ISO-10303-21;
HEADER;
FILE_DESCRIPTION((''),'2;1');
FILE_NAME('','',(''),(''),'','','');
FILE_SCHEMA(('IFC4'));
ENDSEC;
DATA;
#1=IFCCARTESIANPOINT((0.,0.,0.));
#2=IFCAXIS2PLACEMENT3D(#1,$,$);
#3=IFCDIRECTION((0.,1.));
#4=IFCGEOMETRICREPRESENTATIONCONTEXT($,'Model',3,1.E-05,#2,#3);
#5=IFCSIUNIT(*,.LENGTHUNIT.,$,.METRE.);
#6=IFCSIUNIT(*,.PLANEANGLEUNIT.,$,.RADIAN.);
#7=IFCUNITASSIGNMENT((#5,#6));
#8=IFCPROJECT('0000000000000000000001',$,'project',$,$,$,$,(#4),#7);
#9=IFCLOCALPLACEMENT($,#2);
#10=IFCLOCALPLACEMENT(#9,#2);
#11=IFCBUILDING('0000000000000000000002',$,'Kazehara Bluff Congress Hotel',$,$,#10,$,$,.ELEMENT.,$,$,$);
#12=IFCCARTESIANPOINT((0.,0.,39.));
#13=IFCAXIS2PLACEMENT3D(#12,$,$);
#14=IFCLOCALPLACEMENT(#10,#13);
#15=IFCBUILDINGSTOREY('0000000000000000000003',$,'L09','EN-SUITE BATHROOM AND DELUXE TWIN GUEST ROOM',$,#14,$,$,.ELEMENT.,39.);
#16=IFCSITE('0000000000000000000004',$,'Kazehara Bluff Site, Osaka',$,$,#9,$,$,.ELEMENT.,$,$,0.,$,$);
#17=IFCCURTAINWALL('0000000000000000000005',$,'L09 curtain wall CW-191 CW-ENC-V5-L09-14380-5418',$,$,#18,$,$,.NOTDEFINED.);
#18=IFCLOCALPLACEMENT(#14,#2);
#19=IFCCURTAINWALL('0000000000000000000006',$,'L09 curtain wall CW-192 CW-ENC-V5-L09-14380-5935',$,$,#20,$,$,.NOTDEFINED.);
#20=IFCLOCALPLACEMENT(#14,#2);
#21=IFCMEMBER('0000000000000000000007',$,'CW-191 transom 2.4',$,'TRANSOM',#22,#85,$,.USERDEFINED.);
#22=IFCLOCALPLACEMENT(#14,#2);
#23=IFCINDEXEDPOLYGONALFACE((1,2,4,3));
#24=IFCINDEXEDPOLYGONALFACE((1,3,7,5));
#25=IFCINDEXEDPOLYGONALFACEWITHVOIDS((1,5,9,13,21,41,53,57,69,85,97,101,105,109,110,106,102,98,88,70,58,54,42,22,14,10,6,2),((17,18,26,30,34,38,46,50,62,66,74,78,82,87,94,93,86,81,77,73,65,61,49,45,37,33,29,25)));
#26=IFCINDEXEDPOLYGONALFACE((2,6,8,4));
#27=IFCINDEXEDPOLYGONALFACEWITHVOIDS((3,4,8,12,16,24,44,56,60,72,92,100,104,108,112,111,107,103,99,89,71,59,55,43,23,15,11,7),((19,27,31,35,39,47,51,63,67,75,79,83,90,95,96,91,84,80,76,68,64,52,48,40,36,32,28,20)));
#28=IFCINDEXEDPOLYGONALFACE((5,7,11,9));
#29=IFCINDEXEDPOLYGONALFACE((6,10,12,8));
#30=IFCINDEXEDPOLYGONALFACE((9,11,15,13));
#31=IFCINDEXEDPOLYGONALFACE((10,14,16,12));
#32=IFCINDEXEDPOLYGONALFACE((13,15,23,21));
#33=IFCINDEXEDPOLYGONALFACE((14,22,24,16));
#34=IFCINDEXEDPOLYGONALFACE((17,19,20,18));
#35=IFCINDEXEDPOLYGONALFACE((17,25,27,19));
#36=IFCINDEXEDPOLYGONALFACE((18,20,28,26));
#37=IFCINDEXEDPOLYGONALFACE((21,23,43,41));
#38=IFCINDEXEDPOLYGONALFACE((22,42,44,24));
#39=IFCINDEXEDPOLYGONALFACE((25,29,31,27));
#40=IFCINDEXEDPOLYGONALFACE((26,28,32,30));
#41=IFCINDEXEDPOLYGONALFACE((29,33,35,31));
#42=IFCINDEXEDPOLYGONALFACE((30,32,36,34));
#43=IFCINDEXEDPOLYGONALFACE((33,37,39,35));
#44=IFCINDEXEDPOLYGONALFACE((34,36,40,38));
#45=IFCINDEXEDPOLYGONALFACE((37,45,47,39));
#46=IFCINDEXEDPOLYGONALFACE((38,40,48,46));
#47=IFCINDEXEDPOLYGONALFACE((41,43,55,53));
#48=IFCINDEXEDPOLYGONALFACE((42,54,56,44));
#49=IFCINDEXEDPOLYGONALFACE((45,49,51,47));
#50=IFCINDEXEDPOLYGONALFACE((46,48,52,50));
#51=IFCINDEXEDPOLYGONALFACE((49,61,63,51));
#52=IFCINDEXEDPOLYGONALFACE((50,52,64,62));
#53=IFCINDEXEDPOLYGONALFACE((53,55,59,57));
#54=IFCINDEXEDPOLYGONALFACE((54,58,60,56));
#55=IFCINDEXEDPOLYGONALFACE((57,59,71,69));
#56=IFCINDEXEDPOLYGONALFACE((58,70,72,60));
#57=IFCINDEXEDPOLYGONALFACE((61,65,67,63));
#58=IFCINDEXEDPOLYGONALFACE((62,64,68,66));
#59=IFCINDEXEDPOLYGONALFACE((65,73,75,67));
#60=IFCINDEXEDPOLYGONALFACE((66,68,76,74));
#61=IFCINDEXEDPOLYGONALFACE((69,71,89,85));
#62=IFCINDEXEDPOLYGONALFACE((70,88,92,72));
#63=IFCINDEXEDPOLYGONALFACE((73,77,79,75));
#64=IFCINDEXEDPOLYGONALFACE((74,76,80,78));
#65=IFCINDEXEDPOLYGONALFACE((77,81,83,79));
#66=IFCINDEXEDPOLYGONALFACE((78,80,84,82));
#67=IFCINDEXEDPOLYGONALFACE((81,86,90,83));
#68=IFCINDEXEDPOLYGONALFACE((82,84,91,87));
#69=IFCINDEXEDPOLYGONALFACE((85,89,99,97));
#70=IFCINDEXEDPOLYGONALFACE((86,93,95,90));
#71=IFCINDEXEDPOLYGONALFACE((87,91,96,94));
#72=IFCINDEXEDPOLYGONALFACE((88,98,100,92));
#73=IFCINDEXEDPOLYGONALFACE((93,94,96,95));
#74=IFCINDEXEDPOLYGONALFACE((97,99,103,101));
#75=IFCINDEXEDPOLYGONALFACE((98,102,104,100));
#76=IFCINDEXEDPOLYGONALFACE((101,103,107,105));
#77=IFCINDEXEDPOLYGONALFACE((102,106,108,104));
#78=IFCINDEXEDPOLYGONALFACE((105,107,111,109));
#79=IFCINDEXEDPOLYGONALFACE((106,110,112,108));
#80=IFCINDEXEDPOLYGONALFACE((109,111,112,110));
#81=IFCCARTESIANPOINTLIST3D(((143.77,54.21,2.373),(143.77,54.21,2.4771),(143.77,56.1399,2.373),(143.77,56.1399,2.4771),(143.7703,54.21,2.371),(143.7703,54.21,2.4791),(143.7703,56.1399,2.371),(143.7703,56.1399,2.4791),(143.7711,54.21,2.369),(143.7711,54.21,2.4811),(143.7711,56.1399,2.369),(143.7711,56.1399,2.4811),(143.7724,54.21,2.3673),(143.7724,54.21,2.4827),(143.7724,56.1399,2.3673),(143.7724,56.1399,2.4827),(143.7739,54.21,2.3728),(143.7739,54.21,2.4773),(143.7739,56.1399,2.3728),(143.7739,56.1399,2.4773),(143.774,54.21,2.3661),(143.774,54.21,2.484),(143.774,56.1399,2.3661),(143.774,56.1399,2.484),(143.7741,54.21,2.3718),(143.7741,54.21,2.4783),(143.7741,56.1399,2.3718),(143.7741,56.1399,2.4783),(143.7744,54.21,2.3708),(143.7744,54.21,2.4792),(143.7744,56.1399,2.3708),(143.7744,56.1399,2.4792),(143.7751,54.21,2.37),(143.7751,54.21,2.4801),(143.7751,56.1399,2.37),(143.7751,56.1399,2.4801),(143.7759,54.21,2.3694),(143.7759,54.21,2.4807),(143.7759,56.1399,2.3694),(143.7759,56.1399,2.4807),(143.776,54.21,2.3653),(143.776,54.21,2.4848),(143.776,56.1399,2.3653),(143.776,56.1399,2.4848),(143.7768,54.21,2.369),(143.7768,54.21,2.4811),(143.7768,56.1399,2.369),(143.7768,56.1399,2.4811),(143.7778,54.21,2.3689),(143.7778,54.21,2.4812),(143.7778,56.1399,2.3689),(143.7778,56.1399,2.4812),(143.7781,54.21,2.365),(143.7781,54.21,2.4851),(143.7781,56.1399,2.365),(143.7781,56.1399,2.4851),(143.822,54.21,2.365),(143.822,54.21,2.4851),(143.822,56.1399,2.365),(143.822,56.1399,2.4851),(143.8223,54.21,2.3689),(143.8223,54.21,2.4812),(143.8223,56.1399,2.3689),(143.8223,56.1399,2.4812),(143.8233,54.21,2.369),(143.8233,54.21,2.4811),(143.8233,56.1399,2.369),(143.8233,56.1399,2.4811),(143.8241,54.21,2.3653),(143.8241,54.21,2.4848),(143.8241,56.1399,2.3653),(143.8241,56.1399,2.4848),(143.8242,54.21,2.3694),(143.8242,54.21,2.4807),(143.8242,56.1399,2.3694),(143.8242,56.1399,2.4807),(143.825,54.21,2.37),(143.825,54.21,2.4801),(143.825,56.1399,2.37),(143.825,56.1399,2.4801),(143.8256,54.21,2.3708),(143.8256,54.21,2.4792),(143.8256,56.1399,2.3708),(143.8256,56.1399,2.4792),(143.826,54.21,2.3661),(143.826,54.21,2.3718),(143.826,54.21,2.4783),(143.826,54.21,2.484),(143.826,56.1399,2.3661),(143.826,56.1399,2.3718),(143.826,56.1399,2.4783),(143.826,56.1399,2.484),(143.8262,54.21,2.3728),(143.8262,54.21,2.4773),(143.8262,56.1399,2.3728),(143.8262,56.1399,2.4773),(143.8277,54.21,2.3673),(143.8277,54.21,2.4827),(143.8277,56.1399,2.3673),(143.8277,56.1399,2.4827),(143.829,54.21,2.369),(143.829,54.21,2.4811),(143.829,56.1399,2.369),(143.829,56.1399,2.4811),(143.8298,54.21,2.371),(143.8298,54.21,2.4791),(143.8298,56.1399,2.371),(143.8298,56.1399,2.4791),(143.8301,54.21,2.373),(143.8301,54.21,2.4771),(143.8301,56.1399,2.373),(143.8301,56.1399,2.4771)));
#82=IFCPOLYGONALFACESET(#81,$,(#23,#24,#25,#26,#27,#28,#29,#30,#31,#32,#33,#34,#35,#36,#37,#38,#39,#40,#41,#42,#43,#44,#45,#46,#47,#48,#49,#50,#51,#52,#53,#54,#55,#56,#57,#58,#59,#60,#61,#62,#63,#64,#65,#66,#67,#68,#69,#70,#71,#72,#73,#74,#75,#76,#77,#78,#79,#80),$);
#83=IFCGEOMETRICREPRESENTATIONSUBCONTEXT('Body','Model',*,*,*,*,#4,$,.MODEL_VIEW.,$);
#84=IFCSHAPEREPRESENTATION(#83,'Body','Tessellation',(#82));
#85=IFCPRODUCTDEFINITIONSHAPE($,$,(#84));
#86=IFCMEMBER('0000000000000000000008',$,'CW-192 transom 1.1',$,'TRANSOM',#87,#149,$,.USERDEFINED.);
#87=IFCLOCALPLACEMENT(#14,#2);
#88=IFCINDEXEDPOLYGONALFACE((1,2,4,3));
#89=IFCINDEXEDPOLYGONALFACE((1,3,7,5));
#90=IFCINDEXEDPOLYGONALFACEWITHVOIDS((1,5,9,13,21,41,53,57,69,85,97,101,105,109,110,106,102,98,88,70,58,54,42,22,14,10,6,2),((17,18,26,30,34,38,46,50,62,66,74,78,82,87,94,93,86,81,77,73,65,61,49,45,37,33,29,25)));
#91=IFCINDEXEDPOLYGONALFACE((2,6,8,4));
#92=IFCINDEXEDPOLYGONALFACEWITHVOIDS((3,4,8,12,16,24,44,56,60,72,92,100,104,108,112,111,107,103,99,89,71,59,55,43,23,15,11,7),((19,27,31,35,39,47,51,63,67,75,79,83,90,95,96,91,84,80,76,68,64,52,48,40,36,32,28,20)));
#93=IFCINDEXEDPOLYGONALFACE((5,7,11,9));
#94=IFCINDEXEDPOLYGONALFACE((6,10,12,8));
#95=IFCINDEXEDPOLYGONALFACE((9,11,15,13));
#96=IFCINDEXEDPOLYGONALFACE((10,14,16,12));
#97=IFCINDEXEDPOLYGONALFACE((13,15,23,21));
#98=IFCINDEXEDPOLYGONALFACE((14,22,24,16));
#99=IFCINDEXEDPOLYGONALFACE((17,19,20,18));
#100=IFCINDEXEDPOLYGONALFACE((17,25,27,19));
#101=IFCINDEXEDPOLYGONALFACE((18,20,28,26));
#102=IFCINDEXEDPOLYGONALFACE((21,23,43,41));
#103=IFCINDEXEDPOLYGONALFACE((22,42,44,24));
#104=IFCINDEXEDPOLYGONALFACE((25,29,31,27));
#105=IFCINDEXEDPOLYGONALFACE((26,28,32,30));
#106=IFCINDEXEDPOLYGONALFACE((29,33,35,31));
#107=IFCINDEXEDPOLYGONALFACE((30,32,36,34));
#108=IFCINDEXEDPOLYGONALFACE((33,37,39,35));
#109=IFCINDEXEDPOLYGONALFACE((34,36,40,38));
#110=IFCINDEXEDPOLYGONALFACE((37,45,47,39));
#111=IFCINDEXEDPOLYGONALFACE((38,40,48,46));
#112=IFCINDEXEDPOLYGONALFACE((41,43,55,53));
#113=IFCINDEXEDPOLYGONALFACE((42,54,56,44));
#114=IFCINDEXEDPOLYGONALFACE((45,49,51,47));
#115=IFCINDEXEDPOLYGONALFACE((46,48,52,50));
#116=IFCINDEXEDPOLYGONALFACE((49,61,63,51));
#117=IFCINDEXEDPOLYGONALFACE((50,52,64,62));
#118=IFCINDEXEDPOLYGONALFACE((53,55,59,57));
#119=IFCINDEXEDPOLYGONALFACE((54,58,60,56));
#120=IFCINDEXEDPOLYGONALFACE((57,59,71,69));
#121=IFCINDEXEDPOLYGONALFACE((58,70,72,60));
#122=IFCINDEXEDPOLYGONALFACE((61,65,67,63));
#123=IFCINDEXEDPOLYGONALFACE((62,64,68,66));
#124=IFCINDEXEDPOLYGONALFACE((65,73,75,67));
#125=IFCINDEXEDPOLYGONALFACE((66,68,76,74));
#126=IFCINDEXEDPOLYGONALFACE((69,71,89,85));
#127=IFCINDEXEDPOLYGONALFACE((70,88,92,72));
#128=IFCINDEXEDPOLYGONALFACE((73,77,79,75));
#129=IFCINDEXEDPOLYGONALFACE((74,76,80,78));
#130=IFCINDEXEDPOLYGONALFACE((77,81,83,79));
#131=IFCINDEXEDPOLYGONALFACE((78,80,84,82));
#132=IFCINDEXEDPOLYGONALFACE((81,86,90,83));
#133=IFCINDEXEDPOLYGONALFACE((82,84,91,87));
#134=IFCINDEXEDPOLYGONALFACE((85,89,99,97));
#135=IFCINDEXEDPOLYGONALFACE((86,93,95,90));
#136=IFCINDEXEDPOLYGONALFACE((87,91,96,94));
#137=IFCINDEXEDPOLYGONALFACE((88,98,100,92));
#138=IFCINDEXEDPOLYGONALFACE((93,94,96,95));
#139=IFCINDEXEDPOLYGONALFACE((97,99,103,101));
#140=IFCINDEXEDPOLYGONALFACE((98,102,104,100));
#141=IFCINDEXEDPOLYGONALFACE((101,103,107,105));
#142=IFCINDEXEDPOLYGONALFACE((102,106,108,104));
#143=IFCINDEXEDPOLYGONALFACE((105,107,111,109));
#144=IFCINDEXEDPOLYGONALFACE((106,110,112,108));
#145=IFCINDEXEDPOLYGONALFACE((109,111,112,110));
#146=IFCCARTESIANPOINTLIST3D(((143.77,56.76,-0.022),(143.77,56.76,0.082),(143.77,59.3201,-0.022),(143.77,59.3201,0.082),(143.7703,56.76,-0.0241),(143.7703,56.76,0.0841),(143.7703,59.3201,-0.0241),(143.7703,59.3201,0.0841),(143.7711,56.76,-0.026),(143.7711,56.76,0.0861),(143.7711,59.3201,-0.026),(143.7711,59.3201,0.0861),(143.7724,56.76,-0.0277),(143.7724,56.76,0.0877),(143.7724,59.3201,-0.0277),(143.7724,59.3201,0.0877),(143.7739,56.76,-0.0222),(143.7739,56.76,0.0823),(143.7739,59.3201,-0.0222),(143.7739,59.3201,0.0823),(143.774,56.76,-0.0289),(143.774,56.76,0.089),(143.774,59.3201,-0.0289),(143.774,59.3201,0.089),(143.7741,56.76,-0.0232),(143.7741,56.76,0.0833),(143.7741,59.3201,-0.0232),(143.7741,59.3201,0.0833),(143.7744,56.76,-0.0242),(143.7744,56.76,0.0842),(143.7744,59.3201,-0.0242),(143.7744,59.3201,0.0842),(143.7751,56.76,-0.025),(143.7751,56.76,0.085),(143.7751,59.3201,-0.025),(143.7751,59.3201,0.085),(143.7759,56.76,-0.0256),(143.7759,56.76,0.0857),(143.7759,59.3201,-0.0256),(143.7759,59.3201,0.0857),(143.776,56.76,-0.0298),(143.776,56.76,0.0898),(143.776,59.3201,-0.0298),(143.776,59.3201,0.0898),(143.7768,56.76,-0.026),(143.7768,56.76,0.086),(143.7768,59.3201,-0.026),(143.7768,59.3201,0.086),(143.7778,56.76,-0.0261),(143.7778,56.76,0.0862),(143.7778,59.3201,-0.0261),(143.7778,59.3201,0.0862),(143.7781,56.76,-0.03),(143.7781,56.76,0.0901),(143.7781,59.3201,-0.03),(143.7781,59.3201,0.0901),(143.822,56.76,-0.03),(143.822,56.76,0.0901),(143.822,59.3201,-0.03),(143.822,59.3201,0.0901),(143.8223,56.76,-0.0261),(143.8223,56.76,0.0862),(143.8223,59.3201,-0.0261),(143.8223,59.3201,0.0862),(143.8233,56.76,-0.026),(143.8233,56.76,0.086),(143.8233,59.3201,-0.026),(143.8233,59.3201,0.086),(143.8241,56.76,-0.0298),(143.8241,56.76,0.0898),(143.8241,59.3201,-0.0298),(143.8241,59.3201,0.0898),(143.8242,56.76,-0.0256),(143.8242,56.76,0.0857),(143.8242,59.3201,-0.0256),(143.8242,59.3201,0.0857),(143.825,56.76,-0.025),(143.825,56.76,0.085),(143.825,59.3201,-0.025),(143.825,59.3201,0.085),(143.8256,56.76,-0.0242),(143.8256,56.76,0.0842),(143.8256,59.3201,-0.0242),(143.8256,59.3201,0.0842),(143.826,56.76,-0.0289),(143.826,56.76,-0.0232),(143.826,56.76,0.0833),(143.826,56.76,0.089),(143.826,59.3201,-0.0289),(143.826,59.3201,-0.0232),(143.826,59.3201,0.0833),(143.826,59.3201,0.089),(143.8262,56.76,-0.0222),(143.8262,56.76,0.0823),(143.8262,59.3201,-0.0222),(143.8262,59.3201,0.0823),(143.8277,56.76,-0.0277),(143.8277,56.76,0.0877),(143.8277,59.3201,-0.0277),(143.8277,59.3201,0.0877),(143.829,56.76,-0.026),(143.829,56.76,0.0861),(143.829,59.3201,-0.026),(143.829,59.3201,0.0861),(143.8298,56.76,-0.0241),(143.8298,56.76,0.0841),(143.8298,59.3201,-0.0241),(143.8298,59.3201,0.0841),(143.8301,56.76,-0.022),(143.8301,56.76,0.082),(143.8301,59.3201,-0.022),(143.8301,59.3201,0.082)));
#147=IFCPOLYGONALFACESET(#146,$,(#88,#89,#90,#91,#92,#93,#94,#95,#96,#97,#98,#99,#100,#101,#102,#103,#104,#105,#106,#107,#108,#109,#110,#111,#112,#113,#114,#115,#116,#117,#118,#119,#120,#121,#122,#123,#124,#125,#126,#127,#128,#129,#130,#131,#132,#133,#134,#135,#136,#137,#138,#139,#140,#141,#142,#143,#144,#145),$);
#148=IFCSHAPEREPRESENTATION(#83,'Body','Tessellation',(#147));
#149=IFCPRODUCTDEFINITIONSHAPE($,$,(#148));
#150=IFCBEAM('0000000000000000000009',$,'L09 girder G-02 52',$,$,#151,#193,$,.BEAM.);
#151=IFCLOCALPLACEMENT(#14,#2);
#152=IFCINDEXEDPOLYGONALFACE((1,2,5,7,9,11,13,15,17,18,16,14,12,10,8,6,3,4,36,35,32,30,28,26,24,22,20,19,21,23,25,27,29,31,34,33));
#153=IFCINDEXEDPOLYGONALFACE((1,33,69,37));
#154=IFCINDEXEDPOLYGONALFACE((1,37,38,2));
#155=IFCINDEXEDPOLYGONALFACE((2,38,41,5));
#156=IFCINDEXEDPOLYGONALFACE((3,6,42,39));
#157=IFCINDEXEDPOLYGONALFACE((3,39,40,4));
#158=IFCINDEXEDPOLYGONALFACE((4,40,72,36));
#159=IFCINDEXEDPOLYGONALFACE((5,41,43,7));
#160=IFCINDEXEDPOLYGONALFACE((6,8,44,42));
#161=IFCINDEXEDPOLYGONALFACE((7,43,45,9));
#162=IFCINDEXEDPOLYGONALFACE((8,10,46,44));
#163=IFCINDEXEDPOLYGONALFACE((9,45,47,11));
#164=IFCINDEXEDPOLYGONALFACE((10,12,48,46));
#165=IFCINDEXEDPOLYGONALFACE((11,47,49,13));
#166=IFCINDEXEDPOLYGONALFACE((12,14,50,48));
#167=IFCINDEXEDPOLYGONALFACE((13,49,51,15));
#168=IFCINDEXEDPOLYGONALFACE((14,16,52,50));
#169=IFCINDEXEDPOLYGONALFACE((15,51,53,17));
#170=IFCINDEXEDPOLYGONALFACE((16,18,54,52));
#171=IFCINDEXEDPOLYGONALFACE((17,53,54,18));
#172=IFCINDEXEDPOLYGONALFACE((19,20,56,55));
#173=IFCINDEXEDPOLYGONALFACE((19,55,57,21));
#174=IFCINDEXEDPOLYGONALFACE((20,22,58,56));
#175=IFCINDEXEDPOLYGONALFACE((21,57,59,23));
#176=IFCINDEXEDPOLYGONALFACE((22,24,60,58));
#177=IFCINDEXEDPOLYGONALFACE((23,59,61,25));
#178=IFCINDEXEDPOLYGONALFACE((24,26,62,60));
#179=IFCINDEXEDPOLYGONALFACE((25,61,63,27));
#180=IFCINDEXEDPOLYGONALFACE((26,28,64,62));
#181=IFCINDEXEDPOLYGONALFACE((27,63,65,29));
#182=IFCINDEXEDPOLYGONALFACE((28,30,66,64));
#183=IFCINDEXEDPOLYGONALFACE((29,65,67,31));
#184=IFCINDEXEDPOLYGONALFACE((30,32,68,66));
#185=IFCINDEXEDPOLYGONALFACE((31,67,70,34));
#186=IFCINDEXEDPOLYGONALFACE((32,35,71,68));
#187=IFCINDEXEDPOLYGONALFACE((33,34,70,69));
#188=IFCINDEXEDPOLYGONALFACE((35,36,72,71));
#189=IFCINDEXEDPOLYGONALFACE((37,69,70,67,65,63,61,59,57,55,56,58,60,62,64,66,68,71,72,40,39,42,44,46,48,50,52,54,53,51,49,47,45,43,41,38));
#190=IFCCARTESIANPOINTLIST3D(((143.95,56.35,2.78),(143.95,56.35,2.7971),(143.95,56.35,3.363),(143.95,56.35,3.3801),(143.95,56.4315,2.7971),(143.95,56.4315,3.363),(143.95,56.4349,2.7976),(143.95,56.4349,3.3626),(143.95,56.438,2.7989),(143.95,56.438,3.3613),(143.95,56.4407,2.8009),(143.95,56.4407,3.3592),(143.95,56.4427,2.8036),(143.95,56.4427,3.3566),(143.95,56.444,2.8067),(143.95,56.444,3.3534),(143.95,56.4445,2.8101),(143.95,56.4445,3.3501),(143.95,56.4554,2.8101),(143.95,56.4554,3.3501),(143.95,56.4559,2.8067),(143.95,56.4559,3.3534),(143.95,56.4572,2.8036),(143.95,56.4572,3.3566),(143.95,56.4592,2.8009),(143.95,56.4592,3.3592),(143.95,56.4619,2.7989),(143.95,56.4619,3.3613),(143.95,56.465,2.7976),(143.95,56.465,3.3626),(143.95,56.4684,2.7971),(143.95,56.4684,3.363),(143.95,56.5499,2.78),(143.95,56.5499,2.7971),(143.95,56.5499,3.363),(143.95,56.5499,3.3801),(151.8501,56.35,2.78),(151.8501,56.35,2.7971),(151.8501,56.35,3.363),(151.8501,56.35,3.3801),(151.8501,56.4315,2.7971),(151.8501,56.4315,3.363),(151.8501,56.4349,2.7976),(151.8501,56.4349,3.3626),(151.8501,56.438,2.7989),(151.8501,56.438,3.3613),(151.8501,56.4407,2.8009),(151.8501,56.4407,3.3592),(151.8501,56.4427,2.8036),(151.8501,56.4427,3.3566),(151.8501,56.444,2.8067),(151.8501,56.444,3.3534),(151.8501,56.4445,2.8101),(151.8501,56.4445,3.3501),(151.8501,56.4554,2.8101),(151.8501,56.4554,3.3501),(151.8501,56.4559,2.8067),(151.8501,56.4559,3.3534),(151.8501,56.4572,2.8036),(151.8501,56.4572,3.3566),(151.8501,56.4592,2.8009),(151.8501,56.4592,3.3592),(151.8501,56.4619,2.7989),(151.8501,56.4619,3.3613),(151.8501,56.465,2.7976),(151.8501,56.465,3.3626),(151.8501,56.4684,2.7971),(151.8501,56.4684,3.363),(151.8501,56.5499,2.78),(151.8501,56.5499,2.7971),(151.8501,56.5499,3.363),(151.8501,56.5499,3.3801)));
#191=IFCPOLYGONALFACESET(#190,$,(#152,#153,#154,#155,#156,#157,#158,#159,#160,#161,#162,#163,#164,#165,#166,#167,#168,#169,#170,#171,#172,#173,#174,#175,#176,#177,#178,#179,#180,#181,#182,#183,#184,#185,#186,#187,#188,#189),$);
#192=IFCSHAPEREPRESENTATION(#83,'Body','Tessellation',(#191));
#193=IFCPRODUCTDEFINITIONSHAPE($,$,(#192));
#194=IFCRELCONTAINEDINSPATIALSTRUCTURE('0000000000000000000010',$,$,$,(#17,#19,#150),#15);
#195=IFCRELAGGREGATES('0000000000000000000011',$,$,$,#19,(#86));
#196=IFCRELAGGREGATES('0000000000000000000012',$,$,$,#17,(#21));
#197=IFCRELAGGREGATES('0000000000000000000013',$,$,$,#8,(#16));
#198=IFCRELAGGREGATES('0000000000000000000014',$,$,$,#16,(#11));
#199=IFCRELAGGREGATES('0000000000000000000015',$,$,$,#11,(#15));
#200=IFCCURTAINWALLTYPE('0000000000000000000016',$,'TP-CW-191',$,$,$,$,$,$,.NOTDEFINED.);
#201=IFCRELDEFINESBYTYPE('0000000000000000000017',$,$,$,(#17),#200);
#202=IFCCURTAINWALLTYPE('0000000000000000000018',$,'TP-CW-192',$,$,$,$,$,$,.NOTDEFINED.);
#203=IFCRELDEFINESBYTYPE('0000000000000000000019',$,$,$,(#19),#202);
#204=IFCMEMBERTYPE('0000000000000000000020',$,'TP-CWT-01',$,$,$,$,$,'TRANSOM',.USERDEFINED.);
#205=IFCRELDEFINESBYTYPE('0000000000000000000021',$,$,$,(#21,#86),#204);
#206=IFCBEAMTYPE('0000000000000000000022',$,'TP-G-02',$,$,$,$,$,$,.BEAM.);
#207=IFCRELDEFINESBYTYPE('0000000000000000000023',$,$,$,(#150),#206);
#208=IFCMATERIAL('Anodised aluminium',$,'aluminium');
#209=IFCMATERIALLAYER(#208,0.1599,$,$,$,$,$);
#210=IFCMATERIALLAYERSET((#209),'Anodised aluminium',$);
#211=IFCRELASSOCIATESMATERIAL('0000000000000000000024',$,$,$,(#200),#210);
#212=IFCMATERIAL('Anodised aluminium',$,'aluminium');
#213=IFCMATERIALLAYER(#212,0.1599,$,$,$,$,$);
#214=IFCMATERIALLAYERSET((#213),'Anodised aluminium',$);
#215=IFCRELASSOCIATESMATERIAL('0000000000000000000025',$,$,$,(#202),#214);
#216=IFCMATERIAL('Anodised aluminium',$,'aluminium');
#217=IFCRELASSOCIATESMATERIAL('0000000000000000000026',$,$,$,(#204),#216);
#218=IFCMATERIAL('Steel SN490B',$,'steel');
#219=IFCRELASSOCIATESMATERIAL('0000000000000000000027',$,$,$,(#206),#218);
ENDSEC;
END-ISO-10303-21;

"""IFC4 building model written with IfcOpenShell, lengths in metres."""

from ifc_helpers import new_model, si_unit, direction, frame, origin, origin_2d, place, context, subcontext, project, spatial, hollow_rectangle, i_section, extrude, material, layer, layer_set, material_profile, profile_set, type_object, element, aggregate, save


model = new_model("IFC4")

# Units and contexts
model_context = context("Model", 3, precision=1e-05, world=origin(), true_north=direction((0.0, 1.0)))
body_context = subcontext(model_context, "Body", "Model", "MODEL_VIEW")
ifc_project = project(units=[si_unit("LENGTHUNIT", "METRE"), si_unit("PLANEANGLEUNIT", "RADIAN")], contexts=[model_context])

# Site, building, storey
site_placement = place(None, origin())
site = spatial("IfcSite", under=ifc_project, at=site_placement, Name="Kazehara Bluff Site, Osaka", CompositionType="ELEMENT", RefElevation=0.0)
building_placement = place(site_placement, origin())
building = spatial("IfcBuilding", under=site, at=building_placement, Name="Kazehara Bluff Congress Hotel", CompositionType="ELEMENT")
storey_placement = place(building_placement, frame((0.0, 0.0, 39.0)))
storey = spatial("IfcBuildingStorey", under=building, at=storey_placement, Name="L09", Description="EN-SUITE BATHROOM AND DELUXE TWIN GUEST ROOM", CompositionType="ELEMENT", Elevation=39.0)

# Curtain wall
ifc_material_1 = material(Name="Anodised aluminium", Category="aluminium")
ifc_layer_1 = layer(ifc_material_1, 0.1599)
ifc_layer_set_1 = layer_set([ifc_layer_1], Name="Anodised aluminium")
curtain_wall_type_1 = type_object("IfcCurtainWallType", Name="TP-CW-191", PredefinedType="NOTDEFINED", material=ifc_layer_set_1)
curtain_wall_1_placement = place(storey_placement, origin())
curtain_wall_1 = element("IfcCurtainWall", 1, at=curtain_wall_1_placement, inside=storey, type_object=curtain_wall_type_1, Name="L09 curtain wall CW-191 CW-ENC-V5-L09-14380-5418", PredefinedType="NOTDEFINED")

# Curtain wall
ifc_material_2 = material(Name="Anodised aluminium", Category="aluminium")
ifc_layer_2 = layer(ifc_material_2, 0.1599)
ifc_layer_set_2 = layer_set([ifc_layer_2], Name="Anodised aluminium")
curtain_wall_type_2 = type_object("IfcCurtainWallType", Name="TP-CW-192", PredefinedType="NOTDEFINED", material=ifc_layer_set_2)
curtain_wall_2_placement = place(storey_placement, origin())
curtain_wall_2 = element("IfcCurtainWall", 2, at=curtain_wall_2_placement, inside=storey, type_object=curtain_wall_type_2, Name="L09 curtain wall CW-192 CW-ENC-V5-L09-14380-5935", PredefinedType="NOTDEFINED")

# Members
ifc_material_3 = material(Name="Anodised aluminium", Category="aluminium")
ifc_material_profile_1 = material_profile(ifc_material_3, hollow_rectangle(XDim=0.0601, YDim=0.1201, WallThickness=0.0039, InnerFilletRadius=0.0039, OuterFilletRadius=0.0081, at=origin_2d()))
ifc_profile_set_1 = profile_set([ifc_material_profile_1], Name="Anodised aluminium")
member_type_1 = type_object("IfcMemberType", Name="TP-CWT-01", ElementType="TRANSOM", PredefinedType="USERDEFINED", material=ifc_profile_set_1)
member_1_placement = place(storey_placement, frame((143.8, 54.21, 2.425), z_axis=(0.0, 1.0, 0.0), x_axis=(-1.0, 0.0, 0.0)))
member_1 = element("IfcMember", 3, at=member_1_placement, type_object=member_type_1, Name="CW-191 transom 2.4", ObjectType="TRANSOM", PredefinedType="USERDEFINED", context=body_context, shape_type="SweptSolid", body=[
    extrude(hollow_rectangle(XDim=0.0601, YDim=0.1201, WallThickness=0.0039, InnerFilletRadius=0.0039, OuterFilletRadius=0.0081, at=origin_2d()), origin(), (0.0, 0.0, 1.0), 1.9299),
])
member_2_placement = place(storey_placement, frame((143.8, 56.76, 0.03), z_axis=(0.0, 1.0, 0.0), x_axis=(-1.0, 0.0, 0.0)))
member_2 = element("IfcMember", 4, at=member_2_placement, type_object=member_type_1, Name="CW-192 transom 1.1", ObjectType="TRANSOM", PredefinedType="USERDEFINED", context=body_context, shape_type="SweptSolid", body=[
    extrude(hollow_rectangle(XDim=0.0601, YDim=0.1201, WallThickness=0.0039, InnerFilletRadius=0.0039, OuterFilletRadius=0.0081, at=origin_2d()), origin(), (0.0, 0.0, 1.0), 2.5601),
])
aggregate(curtain_wall_2, [member_2])

# Beam
ifc_material_4 = material(Name="Steel SN490B", Category="steel")
ifc_material_profile_2 = material_profile(ifc_material_4, i_section(OverallWidth=0.2, OverallDepth=0.6001, WebThickness=0.011, FlangeThickness=0.0171, FilletRadius=0.0129, at=origin_2d()))
ifc_profile_set_2 = profile_set([ifc_material_profile_2], Name="Steel SN490B")
beam_type = type_object("IfcBeamType", Name="TP-G-02", PredefinedType="BEAM", material=ifc_profile_set_2)
beam_placement = place(storey_placement, frame((143.95, 56.45, 3.0801), z_axis=(1.0, 0.0, 0.0), x_axis=(0.0, 1.0, 0.0)))
element("IfcBeam", 5, at=beam_placement, inside=storey, type_object=beam_type, Name="L09 girder G-02 52", PredefinedType="BEAM", context=body_context, shape_type="SweptSolid", body=[
    extrude(i_section(OverallWidth=0.2, OverallDepth=0.6001, WebThickness=0.011, FlangeThickness=0.0171, FilletRadius=0.0129, at=origin_2d()), origin(), (0.0, 0.0, 1.0), 7.9001),
])

aggregate(curtain_wall_1, [member_1])

save(model, "model.ifc")
